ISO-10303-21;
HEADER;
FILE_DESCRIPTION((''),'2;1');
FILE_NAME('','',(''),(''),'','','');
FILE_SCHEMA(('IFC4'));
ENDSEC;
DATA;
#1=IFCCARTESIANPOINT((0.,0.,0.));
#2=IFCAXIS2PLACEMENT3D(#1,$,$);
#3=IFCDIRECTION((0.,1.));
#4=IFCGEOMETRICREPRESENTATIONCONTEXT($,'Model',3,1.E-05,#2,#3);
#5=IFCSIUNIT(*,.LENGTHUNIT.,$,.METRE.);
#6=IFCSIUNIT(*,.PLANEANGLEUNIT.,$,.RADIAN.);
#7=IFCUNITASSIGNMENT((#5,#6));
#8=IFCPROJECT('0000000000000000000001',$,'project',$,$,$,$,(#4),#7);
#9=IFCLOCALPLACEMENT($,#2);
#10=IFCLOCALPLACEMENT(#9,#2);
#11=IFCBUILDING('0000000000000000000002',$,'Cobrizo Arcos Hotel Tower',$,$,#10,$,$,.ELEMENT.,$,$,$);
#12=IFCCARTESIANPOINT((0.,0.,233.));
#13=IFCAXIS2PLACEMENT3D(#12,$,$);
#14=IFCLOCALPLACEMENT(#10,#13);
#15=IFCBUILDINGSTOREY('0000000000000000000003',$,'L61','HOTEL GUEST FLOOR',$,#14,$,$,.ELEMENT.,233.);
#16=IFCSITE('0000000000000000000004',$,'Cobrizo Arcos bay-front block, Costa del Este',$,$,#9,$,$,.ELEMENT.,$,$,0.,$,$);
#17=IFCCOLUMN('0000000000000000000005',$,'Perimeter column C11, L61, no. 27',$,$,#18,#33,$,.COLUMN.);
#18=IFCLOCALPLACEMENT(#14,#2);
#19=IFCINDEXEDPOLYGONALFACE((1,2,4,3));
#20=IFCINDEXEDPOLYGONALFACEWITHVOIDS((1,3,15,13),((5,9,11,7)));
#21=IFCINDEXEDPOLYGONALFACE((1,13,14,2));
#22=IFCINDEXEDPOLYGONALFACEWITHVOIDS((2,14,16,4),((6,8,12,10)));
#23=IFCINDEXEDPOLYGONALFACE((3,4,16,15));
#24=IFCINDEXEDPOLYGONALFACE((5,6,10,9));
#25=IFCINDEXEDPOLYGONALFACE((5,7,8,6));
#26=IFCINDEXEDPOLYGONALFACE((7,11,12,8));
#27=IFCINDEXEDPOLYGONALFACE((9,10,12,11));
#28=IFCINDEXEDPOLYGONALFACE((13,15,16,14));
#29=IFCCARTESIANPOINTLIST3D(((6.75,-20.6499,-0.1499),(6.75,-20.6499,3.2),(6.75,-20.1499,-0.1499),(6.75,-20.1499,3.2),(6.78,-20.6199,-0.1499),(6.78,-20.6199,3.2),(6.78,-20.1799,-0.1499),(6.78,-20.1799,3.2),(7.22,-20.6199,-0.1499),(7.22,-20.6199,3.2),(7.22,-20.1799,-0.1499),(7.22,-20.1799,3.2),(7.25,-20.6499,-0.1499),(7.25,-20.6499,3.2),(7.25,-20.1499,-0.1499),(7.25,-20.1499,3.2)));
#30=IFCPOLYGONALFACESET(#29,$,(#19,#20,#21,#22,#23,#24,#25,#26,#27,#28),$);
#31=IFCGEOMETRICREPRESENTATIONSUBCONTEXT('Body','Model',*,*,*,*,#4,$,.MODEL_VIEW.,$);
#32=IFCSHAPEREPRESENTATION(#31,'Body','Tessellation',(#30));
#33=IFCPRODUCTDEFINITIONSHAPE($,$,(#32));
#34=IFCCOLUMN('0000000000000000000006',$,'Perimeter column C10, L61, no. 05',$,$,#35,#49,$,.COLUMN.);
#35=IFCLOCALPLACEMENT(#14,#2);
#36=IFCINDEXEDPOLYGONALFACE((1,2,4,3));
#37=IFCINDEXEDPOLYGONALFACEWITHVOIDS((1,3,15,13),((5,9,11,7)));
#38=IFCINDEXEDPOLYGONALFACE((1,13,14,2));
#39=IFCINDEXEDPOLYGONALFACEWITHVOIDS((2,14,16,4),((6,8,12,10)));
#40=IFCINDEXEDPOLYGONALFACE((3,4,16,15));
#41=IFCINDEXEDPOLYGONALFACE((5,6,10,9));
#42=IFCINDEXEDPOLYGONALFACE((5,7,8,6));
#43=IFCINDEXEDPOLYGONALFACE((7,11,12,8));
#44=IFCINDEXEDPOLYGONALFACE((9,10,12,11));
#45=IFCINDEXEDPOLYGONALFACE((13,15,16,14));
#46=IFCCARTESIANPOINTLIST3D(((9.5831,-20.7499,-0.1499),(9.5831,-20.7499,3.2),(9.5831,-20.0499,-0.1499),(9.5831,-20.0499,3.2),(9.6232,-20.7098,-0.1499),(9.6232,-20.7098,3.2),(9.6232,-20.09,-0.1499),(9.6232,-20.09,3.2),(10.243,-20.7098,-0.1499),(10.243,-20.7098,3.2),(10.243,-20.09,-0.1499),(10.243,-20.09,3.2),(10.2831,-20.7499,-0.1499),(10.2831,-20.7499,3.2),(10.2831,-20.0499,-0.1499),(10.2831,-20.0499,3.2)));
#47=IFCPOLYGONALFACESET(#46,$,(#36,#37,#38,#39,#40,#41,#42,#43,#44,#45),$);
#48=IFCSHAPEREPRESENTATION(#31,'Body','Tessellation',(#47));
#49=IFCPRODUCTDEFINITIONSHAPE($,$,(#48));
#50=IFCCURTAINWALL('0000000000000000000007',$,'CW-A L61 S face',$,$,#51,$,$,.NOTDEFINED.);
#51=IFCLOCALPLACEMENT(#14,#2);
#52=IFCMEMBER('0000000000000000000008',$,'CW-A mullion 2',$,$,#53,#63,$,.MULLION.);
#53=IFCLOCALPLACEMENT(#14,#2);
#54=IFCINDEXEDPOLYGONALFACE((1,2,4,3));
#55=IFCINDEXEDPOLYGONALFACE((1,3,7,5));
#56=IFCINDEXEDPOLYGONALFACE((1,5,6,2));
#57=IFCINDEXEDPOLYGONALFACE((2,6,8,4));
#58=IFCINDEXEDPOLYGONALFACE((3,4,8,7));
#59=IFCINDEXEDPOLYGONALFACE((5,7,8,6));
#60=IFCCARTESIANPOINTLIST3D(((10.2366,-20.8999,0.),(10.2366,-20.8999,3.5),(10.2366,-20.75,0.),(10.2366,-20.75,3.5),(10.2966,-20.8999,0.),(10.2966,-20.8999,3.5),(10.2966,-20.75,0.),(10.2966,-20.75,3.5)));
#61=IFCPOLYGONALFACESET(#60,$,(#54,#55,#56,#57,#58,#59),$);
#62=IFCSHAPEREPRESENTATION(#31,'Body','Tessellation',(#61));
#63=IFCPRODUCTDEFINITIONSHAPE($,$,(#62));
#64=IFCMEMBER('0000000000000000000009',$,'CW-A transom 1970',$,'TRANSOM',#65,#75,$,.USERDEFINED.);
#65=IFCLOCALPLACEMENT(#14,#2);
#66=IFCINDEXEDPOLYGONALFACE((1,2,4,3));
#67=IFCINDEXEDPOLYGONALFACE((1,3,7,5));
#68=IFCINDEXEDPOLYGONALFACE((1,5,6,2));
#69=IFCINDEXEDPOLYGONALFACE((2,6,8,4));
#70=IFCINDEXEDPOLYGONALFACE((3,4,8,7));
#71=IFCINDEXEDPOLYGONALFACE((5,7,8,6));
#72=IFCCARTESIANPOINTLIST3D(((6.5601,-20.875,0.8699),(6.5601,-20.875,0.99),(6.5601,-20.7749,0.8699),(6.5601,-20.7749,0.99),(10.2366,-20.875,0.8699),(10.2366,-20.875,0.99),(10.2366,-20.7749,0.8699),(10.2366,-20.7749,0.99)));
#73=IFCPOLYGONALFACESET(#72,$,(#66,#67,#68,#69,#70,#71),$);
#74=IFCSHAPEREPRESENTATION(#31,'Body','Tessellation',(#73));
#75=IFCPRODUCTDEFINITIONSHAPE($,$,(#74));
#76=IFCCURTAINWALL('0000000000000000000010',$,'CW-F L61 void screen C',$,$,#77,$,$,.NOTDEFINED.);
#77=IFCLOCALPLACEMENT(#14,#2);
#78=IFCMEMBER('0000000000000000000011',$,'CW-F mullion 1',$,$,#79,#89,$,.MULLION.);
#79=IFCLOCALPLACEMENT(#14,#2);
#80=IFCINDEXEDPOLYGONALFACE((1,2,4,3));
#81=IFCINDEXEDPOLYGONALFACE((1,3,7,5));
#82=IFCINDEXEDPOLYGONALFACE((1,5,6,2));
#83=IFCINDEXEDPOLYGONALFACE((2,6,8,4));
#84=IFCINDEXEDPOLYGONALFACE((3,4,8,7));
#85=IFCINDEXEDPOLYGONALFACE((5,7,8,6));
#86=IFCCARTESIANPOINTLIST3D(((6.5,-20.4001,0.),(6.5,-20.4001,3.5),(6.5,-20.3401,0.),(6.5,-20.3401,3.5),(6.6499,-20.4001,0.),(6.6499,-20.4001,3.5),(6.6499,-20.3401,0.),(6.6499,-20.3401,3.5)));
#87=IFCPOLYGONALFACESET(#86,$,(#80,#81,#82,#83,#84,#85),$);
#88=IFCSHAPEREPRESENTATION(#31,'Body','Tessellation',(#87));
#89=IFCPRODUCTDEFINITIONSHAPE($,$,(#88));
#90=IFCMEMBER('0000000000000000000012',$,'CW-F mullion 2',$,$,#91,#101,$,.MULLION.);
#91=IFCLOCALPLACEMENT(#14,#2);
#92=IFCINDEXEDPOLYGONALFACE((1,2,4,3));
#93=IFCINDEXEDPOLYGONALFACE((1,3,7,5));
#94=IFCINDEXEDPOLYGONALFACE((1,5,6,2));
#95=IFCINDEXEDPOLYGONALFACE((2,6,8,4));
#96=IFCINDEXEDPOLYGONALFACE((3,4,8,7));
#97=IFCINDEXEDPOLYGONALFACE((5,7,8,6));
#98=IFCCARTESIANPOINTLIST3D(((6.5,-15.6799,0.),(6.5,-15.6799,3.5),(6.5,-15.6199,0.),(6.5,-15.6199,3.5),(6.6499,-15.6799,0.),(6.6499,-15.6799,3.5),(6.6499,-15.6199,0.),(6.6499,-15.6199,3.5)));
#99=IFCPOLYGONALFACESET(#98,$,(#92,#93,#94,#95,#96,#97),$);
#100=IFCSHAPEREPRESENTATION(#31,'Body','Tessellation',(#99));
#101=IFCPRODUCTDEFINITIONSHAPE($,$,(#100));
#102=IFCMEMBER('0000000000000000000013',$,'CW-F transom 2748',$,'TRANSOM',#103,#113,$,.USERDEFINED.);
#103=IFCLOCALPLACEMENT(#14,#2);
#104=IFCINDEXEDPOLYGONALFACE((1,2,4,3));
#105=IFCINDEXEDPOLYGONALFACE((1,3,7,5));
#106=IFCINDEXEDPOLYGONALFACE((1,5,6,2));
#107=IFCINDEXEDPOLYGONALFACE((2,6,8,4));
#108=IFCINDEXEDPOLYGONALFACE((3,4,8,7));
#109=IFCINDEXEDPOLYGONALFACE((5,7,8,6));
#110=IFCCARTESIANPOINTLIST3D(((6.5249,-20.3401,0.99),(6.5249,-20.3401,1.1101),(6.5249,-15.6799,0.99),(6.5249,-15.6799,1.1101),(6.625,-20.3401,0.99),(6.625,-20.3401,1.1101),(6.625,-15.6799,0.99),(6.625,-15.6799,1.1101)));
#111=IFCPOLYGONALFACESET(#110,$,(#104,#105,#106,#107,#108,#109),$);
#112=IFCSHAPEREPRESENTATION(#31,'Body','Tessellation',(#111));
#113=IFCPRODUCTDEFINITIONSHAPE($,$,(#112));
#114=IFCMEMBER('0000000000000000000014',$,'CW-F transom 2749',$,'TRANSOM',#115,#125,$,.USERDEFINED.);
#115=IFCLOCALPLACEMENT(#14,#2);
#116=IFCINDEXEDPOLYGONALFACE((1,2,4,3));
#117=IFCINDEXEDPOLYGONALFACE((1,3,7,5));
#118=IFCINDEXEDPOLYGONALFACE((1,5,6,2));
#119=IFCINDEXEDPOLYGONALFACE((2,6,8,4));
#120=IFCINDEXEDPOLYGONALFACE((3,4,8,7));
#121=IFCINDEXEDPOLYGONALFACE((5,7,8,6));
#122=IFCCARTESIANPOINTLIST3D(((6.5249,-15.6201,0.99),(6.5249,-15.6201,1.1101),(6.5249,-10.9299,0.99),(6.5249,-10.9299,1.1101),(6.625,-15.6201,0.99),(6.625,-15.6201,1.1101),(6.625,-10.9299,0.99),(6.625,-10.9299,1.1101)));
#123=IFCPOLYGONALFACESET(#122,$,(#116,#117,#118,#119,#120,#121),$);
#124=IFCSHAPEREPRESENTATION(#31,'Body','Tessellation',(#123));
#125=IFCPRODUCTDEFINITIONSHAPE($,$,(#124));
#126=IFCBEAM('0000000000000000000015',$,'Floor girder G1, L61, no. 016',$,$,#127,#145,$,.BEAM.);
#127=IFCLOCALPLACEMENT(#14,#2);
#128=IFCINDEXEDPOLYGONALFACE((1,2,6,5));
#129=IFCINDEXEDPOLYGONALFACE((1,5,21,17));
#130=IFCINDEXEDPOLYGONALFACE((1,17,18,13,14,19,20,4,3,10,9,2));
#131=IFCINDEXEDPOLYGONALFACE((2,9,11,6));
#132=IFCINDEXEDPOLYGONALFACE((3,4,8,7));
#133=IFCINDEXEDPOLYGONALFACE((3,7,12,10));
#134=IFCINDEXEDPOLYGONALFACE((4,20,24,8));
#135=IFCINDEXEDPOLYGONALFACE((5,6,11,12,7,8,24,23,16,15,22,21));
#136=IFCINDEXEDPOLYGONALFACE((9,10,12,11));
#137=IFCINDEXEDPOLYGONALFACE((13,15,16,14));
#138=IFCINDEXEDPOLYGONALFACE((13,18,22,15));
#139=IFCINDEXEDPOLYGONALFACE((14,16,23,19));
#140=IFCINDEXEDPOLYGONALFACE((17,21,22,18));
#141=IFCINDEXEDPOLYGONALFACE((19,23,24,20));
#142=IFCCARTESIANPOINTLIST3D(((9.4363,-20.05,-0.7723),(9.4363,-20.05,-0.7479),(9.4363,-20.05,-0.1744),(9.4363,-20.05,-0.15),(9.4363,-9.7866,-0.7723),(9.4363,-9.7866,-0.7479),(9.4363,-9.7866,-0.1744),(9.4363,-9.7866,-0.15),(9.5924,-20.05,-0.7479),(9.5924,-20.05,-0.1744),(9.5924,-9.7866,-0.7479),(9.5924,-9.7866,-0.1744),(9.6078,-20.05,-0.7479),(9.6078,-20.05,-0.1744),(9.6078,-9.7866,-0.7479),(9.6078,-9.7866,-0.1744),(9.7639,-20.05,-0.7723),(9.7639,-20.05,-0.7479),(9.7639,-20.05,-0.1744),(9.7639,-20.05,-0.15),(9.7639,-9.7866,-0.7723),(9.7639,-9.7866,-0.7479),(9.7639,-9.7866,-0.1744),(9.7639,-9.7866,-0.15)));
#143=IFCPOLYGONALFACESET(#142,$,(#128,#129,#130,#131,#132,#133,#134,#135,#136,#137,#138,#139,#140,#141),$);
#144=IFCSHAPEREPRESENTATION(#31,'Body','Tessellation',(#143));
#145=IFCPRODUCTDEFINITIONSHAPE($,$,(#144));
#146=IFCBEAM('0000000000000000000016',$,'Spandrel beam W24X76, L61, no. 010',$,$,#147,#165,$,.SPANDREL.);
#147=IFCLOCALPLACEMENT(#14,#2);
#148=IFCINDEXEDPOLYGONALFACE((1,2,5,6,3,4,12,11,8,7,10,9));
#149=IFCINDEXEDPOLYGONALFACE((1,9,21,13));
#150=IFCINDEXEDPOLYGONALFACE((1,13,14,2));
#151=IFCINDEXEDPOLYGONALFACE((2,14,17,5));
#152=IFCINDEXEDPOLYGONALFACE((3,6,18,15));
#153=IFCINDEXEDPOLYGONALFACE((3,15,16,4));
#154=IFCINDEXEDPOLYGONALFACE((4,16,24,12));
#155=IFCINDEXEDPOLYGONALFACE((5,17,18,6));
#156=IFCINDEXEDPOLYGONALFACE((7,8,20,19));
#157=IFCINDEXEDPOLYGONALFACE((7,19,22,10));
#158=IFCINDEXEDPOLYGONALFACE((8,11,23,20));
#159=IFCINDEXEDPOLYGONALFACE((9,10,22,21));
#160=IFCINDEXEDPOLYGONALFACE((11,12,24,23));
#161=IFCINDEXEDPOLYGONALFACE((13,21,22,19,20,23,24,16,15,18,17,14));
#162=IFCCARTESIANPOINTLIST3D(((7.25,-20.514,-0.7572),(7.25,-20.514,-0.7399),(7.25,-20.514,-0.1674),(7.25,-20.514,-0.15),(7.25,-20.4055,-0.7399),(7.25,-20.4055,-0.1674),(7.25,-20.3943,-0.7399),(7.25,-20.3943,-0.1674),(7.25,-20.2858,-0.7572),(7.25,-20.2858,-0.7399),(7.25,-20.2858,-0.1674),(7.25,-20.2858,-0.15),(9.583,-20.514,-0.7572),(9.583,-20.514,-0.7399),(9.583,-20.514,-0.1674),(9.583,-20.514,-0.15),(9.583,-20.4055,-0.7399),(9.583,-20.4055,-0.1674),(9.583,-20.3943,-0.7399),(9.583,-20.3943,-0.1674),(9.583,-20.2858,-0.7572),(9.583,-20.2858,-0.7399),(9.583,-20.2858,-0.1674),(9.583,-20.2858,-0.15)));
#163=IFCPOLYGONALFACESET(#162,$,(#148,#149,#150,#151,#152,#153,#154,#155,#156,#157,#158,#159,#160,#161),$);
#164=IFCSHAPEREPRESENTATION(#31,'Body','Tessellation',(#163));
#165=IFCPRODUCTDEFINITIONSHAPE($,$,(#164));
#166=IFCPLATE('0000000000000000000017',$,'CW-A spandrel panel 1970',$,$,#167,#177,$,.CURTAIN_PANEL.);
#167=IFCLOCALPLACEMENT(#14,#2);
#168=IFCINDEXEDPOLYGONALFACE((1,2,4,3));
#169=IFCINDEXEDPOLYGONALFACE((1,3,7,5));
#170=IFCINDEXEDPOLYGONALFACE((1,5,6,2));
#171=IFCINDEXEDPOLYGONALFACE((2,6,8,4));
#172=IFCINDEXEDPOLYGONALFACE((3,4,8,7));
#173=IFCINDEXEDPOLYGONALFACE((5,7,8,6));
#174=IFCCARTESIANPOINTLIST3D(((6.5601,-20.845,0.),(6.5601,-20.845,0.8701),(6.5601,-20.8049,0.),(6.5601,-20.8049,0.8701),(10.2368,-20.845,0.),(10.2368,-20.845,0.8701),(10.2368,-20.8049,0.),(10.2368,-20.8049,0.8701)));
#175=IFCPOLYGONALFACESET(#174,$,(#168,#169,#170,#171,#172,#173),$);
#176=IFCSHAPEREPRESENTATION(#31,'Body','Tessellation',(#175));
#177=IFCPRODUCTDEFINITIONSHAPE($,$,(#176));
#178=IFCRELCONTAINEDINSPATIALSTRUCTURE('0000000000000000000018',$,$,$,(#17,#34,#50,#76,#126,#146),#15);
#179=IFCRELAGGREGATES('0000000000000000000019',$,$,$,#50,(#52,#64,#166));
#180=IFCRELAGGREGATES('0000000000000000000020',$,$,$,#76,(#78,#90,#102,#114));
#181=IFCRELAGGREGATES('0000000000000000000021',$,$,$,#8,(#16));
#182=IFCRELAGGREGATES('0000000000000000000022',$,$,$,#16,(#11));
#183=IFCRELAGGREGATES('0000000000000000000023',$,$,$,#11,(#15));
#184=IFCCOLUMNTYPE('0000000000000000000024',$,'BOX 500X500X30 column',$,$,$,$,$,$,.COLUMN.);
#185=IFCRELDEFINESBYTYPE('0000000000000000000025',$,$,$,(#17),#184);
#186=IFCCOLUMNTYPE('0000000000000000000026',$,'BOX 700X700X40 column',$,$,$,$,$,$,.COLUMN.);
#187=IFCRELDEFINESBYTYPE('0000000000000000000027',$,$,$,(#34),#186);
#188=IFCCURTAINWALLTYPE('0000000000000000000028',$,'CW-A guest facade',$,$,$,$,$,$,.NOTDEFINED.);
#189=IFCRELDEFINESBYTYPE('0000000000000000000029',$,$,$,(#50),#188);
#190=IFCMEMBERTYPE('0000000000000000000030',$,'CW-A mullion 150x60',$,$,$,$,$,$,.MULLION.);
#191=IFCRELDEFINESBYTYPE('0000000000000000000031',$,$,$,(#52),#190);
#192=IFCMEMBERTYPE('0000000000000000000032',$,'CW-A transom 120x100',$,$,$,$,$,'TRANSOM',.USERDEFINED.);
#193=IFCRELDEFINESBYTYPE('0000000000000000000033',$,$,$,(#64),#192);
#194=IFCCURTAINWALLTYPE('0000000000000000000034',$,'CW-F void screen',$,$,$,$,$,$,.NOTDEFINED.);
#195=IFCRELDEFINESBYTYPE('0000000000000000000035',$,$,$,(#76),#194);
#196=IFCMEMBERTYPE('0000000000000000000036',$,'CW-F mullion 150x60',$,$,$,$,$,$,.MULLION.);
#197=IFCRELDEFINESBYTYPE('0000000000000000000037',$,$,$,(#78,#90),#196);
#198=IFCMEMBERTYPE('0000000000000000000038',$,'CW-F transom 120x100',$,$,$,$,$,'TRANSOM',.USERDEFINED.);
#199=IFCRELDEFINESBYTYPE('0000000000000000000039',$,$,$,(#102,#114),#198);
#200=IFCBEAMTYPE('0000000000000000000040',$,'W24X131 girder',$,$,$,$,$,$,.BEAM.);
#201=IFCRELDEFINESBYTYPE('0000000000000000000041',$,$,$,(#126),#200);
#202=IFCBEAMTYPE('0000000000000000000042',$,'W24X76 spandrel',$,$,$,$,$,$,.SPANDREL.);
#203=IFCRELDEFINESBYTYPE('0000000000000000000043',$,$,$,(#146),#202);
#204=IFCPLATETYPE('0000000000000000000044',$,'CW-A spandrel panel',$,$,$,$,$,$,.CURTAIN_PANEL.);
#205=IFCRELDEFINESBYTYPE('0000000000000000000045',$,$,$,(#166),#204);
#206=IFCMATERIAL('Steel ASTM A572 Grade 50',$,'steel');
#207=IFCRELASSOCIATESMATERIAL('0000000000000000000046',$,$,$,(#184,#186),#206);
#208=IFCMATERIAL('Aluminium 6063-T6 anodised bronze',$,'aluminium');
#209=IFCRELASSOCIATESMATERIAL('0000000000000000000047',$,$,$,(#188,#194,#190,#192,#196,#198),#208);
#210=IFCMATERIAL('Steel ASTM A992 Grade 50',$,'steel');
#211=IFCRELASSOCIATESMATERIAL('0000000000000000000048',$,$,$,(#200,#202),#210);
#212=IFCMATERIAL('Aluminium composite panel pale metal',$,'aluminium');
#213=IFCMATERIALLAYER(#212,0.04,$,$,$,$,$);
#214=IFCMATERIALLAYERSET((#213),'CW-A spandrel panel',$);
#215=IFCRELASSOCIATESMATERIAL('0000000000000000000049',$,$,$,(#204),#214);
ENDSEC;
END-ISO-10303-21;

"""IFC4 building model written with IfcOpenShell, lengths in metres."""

from ifc_helpers import new_model, si_unit, direction, frame, origin, origin_2d, place, context, subcontext, project, spatial, rectangle, hollow_rectangle, i_section, extrude, material, layer, layer_set, material_profile, profile_set, type_object, element, aggregate, save


model = new_model("IFC4")

# Units and contexts
model_context = context("Model", 3, precision=1e-05, world=origin(), true_north=direction((0.0, 1.0)))
body_context = subcontext(model_context, "Body", "Model", "MODEL_VIEW")
ifc_project = project(units=[si_unit("LENGTHUNIT", "METRE"), si_unit("PLANEANGLEUNIT", "RADIAN")], contexts=[model_context])

# Site, building, storey
site_placement = place(None, origin())
site = spatial("IfcSite", under=ifc_project, at=site_placement, Name="Cobrizo Arcos bay-front block, Costa del Este", CompositionType="ELEMENT", RefElevation=0.0)
building_placement = place(site_placement, origin())
building = spatial("IfcBuilding", under=site, at=building_placement, Name="Cobrizo Arcos Hotel Tower", CompositionType="ELEMENT")
storey_placement = place(building_placement, frame((0.0, 0.0, 233.0)))
storey = spatial("IfcBuildingStorey", under=building, at=storey_placement, Name="L61", Description="HOTEL GUEST FLOOR", CompositionType="ELEMENT", Elevation=233.0)

# Columns
ifc_material_1 = material(Name="Steel ASTM A572 Grade 50", Category="steel")
ifc_material_profile_1 = material_profile(ifc_material_1, hollow_rectangle(XDim=0.5, YDim=0.5, WallThickness=0.03, at=origin_2d()), Name="BOX 500X500X30")
ifc_profile_set_1 = profile_set([ifc_material_profile_1], Name="Steel ASTM A572 Grade 50")
column_type_1 = type_object("IfcColumnType", Name="BOX 500X500X30 column", PredefinedType="COLUMN", material=ifc_profile_set_1)
column_1_placement = place(storey_placement, frame((7.0, -20.3999, -0.1499), z_axis=(0.0, 0.0, 1.0), x_axis=(1.0, 0.0, 0.0)))
element("IfcColumn", 1, at=column_1_placement, inside=storey, type_object=column_type_1, Name="Perimeter column C11, L61, no. 27", PredefinedType="COLUMN", context=body_context, shape_type="SweptSolid", body=[
    extrude(hollow_rectangle(XDim=0.5, YDim=0.5, WallThickness=0.03, at=origin_2d()), origin(), (0.0, 0.0, 1.0), 3.3499),
])
ifc_material_profile_2 = material_profile(ifc_material_1, hollow_rectangle(XDim=0.7, YDim=0.7, WallThickness=0.04, at=origin_2d()), Name="BOX 700X700X40")
ifc_profile_set_2 = profile_set([ifc_material_profile_2], Name="Steel ASTM A572 Grade 50")
column_type_2 = type_object("IfcColumnType", Name="BOX 700X700X40 column", PredefinedType="COLUMN", material=ifc_profile_set_2)
column_2_placement = place(storey_placement, frame((9.9331, -20.3999, -0.1499), z_axis=(0.0, 0.0, 1.0), x_axis=(1.0, 0.0, 0.0)))
element("IfcColumn", 2, at=column_2_placement, inside=storey, type_object=column_type_2, Name="Perimeter column C10, L61, no. 05", PredefinedType="COLUMN", context=body_context, shape_type="SweptSolid", body=[
    extrude(hollow_rectangle(XDim=0.7, YDim=0.7, WallThickness=0.04, at=origin_2d()), origin(), (0.0, 0.0, 1.0), 3.3499),
])

# Curtain walls, members
ifc_material_2 = material(Name="Aluminium 6063-T6 anodised bronze", Category="aluminium")
curtain_wall_type_1 = type_object("IfcCurtainWallType", Name="CW-A guest facade", PredefinedType="NOTDEFINED", material=ifc_material_2)
curtain_wall_1_placement = place(storey_placement, origin())
curtain_wall_1 = element("IfcCurtainWall", 3, at=curtain_wall_1_placement, inside=storey, type_object=curtain_wall_type_1, Name="CW-A L61 S face", PredefinedType="NOTDEFINED")
ifc_material_profile_3 = material_profile(ifc_material_2, rectangle(XDim=0.1499, YDim=0.0601, at=origin_2d()), Name="CW-A mullion 150x60")
ifc_profile_set_3 = profile_set([ifc_material_profile_3], Name="Aluminium 6063-T6 anodised bronze")
member_type_1 = type_object("IfcMemberType", Name="CW-A mullion 150x60", PredefinedType="MULLION", material=ifc_profile_set_3)
member_1_placement = place(storey_placement, frame((10.2666, -20.825, 0.0), z_axis=(0.0, 0.0, 1.0), x_axis=(0.0, -1.0, 0.0)))
member_1 = element("IfcMember", 4, at=member_1_placement, type_object=member_type_1, Name="CW-A mullion 2", PredefinedType="MULLION", context=body_context, shape_type="SweptSolid", body=[
    extrude(rectangle(XDim=0.1499, YDim=0.0601, at=origin_2d()), origin(), (0.0, 0.0, 1.0), 3.5),
])
ifc_material_profile_4 = material_profile(ifc_material_2, rectangle(XDim=0.1001, YDim=0.1201, at=origin_2d()), Name="CW-A transom 120x100")
ifc_profile_set_4 = profile_set([ifc_material_profile_4], Name="Aluminium 6063-T6 anodised bronze")
member_type_2 = type_object("IfcMemberType", Name="CW-A transom 120x100", ElementType="TRANSOM", PredefinedType="USERDEFINED", material=ifc_profile_set_4)
member_2_placement = place(storey_placement, frame((6.5601, -20.825, 0.9299), z_axis=(1.0, 0.0, 0.0), x_axis=(0.0, 1.0, 0.0)))
member_2 = element("IfcMember", 5, at=member_2_placement, type_object=member_type_2, Name="CW-A transom 1970", ObjectType="TRANSOM", PredefinedType="USERDEFINED", context=body_context, shape_type="SweptSolid", body=[
    extrude(rectangle(XDim=0.1001, YDim=0.1201, at=origin_2d()), origin(), (0.0, 0.0, 1.0), 3.6765),
])
curtain_wall_type_2 = type_object("IfcCurtainWallType", Name="CW-F void screen", PredefinedType="NOTDEFINED", material=ifc_material_2)
curtain_wall_2_placement = place(storey_placement, origin())
curtain_wall_2 = element("IfcCurtainWall", 6, at=curtain_wall_2_placement, inside=storey, type_object=curtain_wall_type_2, Name="CW-F L61 void screen C", PredefinedType="NOTDEFINED")
ifc_material_profile_5 = material_profile(ifc_material_2, rectangle(XDim=0.1499, YDim=0.0601, at=origin_2d()), Name="CW-F mullion 150x60")
ifc_profile_set_5 = profile_set([ifc_material_profile_5], Name="Aluminium 6063-T6 anodised bronze")
member_type_3 = type_object("IfcMemberType", Name="CW-F mullion 150x60", PredefinedType="MULLION", material=ifc_profile_set_5)
member_3_placement = place(storey_placement, frame((6.575, -20.3701, 0.0), z_axis=(0.0, 0.0, 1.0), x_axis=(1.0, 0.0, 0.0)))
member_3 = element("IfcMember", 7, at=member_3_placement, type_object=member_type_3, Name="CW-F mullion 1", PredefinedType="MULLION", context=body_context, shape_type="SweptSolid", body=[
    extrude(rectangle(XDim=0.1499, YDim=0.0601, at=origin_2d()), origin(), (0.0, 0.0, 1.0), 3.5),
])
member_4_placement = place(storey_placement, frame((6.575, -15.6499, 0.0), z_axis=(0.0, 0.0, 1.0), x_axis=(1.0, 0.0, 0.0)))
member_4 = element("IfcMember", 8, at=member_4_placement, type_object=member_type_3, Name="CW-F mullion 2", PredefinedType="MULLION", context=body_context, shape_type="SweptSolid", body=[
    extrude(rectangle(XDim=0.1499, YDim=0.0601, at=origin_2d()), origin(), (0.0, 0.0, 1.0), 3.5),
])
ifc_material_profile_6 = material_profile(ifc_material_2, rectangle(XDim=0.1001, YDim=0.1201, at=origin_2d()), Name="CW-F transom 120x100")
ifc_profile_set_6 = profile_set([ifc_material_profile_6], Name="Aluminium 6063-T6 anodised bronze")
member_type_4 = type_object("IfcMemberType", Name="CW-F transom 120x100", ElementType="TRANSOM", PredefinedType="USERDEFINED", material=ifc_profile_set_6)
member_5_placement = place(storey_placement, frame((6.575, -20.3401, 1.05), z_axis=(0.0, 1.0, 0.0), x_axis=(-1.0, 0.0, 0.0)))
member_5 = element("IfcMember", 9, at=member_5_placement, type_object=member_type_4, Name="CW-F transom 2748", ObjectType="TRANSOM", PredefinedType="USERDEFINED", context=body_context, shape_type="SweptSolid", body=[
    extrude(rectangle(XDim=0.1001, YDim=0.1201, at=origin_2d()), origin(), (0.0, 0.0, 1.0), 4.6602),
])
member_6_placement = place(storey_placement, frame((6.575, -15.6201, 1.05), z_axis=(0.0, 1.0, 0.0), x_axis=(-1.0, 0.0, 0.0)))
member_6 = element("IfcMember", 10, at=member_6_placement, type_object=member_type_4, Name="CW-F transom 2749", ObjectType="TRANSOM", PredefinedType="USERDEFINED", context=body_context, shape_type="SweptSolid", body=[
    extrude(rectangle(XDim=0.1001, YDim=0.1201, at=origin_2d()), origin(), (0.0, 0.0, 1.0), 4.6902),
])

# Beams
ifc_material_3 = material(Name="Steel ASTM A992 Grade 50", Category="steel")
ifc_material_profile_7 = material_profile(ifc_material_3, i_section(OverallWidth=0.3276, OverallDepth=0.6223, WebThickness=0.0154, FlangeThickness=0.0244, at=origin_2d()), Name="W24X131")
ifc_profile_set_7 = profile_set([ifc_material_profile_7], Name="Steel ASTM A992 Grade 50")
beam_type_1 = type_object("IfcBeamType", Name="W24X131 girder", PredefinedType="BEAM", material=ifc_profile_set_7)
beam_1_placement = place(storey_placement, frame((9.6001, -20.05, -0.4612), z_axis=(0.0, 1.0, 0.0), x_axis=(-1.0, 0.0, 0.0)))
element("IfcBeam", 11, at=beam_1_placement, inside=storey, type_object=beam_type_1, Name="Floor girder G1, L61, no. 016", PredefinedType="BEAM", context=body_context, shape_type="SweptSolid", body=[
    extrude(i_section(OverallWidth=0.3276, OverallDepth=0.6223, WebThickness=0.0154, FlangeThickness=0.0244, at=origin_2d()), origin(), (0.0, 0.0, 1.0), 10.2634),
])
ifc_material_profile_8 = material_profile(ifc_material_3, i_section(OverallWidth=0.2283, OverallDepth=0.6072, WebThickness=0.0112, FlangeThickness=0.0173, at=origin_2d()), Name="W24X76")
ifc_profile_set_8 = profile_set([ifc_material_profile_8], Name="Steel ASTM A992 Grade 50")
beam_type_2 = type_object("IfcBeamType", Name="W24X76 spandrel", PredefinedType="SPANDREL", material=ifc_profile_set_8)
beam_2_placement = place(storey_placement, frame((9.583, -20.3999, -0.4536), z_axis=(-1.0, 0.0, 0.0), x_axis=(0.0, -1.0, 0.0)))
element("IfcBeam", 12, at=beam_2_placement, inside=storey, type_object=beam_type_2, Name="Spandrel beam W24X76, L61, no. 010", PredefinedType="SPANDREL", context=body_context, shape_type="SweptSolid", body=[
    extrude(i_section(OverallWidth=0.2283, OverallDepth=0.6072, WebThickness=0.0112, FlangeThickness=0.0173, at=origin_2d()), origin(), (0.0, 0.0, 1.0), 2.333),
])

# Plate
ifc_material_4 = material(Name="Aluminium composite panel pale metal", Category="aluminium")
ifc_layer_1 = layer(ifc_material_4, 0.04)
ifc_layer_set_1 = layer_set([ifc_layer_1], Name="CW-A spandrel panel")
plate_type_1 = type_object("IfcPlateType", Name="CW-A spandrel panel", PredefinedType="CURTAIN_PANEL", material=ifc_layer_set_1)
plate_1_placement = place(storey_placement, frame((8.3984, -20.825, 0.0), z_axis=(0.0, 0.0, 1.0), x_axis=(1.0, 0.0, 0.0)))
plate_1 = element("IfcPlate", 13, at=plate_1_placement, type_object=plate_type_1, Name="CW-A spandrel panel 1970", PredefinedType="CURTAIN_PANEL", context=body_context, shape_type="SweptSolid", body=[
    extrude(rectangle(XDim=3.6768, YDim=0.04, at=origin_2d()), origin(), (0.0, 0.0, 1.0), 0.8701),
])
aggregate(curtain_wall_1, [member_1, member_2, plate_1])
aggregate(curtain_wall_2, [member_3, member_4, member_5, member_6])

save(model, "model.ifc")
